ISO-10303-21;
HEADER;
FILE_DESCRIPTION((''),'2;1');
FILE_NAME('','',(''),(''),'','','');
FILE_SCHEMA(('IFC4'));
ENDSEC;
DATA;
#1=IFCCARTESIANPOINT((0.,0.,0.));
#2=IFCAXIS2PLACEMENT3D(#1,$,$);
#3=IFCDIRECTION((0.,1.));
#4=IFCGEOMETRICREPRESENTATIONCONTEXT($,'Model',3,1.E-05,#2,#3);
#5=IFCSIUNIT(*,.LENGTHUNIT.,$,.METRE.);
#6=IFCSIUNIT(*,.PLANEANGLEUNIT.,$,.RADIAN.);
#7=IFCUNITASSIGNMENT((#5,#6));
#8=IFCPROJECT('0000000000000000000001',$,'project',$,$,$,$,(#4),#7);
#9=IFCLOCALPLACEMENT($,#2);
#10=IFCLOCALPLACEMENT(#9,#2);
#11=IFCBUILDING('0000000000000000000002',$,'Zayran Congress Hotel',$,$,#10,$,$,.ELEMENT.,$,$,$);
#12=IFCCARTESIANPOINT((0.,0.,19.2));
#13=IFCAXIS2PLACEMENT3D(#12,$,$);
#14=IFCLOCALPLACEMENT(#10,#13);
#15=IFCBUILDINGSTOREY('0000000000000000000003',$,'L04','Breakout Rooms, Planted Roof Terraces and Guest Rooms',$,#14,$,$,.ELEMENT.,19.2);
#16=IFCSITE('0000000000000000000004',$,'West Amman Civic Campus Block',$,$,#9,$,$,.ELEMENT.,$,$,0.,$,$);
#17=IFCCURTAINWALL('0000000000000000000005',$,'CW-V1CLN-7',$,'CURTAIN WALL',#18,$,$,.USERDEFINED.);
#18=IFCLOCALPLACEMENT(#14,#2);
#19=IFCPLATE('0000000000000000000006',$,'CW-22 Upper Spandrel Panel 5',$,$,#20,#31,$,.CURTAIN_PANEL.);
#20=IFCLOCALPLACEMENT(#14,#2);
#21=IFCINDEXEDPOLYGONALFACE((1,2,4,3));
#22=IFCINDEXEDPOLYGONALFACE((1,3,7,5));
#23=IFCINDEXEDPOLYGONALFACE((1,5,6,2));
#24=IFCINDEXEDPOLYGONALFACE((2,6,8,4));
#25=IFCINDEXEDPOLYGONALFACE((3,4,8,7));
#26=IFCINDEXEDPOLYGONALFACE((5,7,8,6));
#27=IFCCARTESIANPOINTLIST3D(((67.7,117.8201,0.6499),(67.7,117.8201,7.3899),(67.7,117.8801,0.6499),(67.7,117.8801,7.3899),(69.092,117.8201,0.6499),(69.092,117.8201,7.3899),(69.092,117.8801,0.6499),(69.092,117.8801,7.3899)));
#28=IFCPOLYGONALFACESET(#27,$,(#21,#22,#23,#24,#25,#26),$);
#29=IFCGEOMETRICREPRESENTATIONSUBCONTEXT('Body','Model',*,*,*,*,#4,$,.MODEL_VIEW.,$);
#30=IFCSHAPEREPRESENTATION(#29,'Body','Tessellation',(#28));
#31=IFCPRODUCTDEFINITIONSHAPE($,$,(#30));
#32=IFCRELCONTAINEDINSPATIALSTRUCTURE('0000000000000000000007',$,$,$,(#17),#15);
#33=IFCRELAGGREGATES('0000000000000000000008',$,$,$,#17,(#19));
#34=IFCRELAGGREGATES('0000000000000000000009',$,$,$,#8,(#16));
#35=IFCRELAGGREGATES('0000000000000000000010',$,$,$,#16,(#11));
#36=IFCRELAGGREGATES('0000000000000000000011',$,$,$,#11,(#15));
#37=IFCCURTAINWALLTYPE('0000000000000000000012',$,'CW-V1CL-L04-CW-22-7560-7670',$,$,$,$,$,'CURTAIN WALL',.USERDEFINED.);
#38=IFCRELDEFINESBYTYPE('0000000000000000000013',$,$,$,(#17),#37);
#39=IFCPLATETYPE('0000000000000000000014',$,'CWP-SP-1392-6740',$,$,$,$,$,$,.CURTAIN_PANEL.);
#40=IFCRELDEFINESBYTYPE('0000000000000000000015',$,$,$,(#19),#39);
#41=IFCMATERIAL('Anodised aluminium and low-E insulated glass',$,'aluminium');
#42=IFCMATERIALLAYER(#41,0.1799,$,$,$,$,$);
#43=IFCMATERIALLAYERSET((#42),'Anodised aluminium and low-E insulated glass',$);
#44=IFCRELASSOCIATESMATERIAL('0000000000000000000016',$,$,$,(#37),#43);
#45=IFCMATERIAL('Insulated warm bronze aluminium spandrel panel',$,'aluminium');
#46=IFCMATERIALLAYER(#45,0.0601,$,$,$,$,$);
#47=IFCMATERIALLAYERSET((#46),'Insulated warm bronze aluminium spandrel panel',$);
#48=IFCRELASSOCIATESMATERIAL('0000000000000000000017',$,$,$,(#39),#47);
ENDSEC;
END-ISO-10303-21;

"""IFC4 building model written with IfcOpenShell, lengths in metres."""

from ifc_helpers import new_model, si_unit, direction, frame, origin, origin_2d, place, context, subcontext, project, spatial, rectangle, extrude, material, layer, layer_set, type_object, element, aggregate, save


model = new_model("IFC4")

# Units and contexts
model_context = context("Model", 3, precision=1e-05, world=origin(), true_north=direction((0.0, 1.0)))
body_context = subcontext(model_context, "Body", "Model", "MODEL_VIEW")
ifc_project = project(units=[si_unit("LENGTHUNIT", "METRE"), si_unit("PLANEANGLEUNIT", "RADIAN")], contexts=[model_context])

# Site, building, storey
site_placement = place(None, origin())
site = spatial("IfcSite", under=ifc_project, at=site_placement, Name="West Amman Civic Campus Block", CompositionType="ELEMENT", RefElevation=0.0)
building_placement = place(site_placement, origin())
building = spatial("IfcBuilding", under=site, at=building_placement, Name="Zayran Congress Hotel", CompositionType="ELEMENT")
storey_placement = place(building_placement, frame((0.0, 0.0, 19.2)))
storey = spatial("IfcBuildingStorey", under=building, at=storey_placement, Name="L04", Description="Breakout Rooms, Planted Roof Terraces and Guest Rooms", CompositionType="ELEMENT", Elevation=19.2)

# Curtain wall
ifc_material_1 = material(Name="Anodised aluminium and low-E insulated glass", Category="aluminium")
ifc_layer_1 = layer(ifc_material_1, 0.1799)
ifc_layer_set_1 = layer_set([ifc_layer_1], Name="Anodised aluminium and low-E insulated glass")
curtain_wall_type = type_object("IfcCurtainWallType", Name="CW-V1CL-L04-CW-22-7560-7670", ElementType="CURTAIN WALL", PredefinedType="USERDEFINED", material=ifc_layer_set_1)
curtain_wall_placement = place(storey_placement, origin())
curtain_wall = element("IfcCurtainWall", 1, at=curtain_wall_placement, inside=storey, type_object=curtain_wall_type, Name="CW-V1CLN-7", ObjectType="CURTAIN WALL", PredefinedType="USERDEFINED")

# Plate
ifc_material_2 = material(Name="Insulated warm bronze aluminium spandrel panel", Category="aluminium")
ifc_layer_2 = layer(ifc_material_2, 0.0601)
ifc_layer_set_2 = layer_set([ifc_layer_2], Name="Insulated warm bronze aluminium spandrel panel")
plate_type_1 = type_object("IfcPlateType", Name="CWP-SP-1392-6740", PredefinedType="CURTAIN_PANEL", material=ifc_layer_set_2)
plate_1_placement = place(storey_placement, frame((68.396, 117.8501, 0.6499), z_axis=(0.0, 0.0, 1.0), x_axis=(1.0, 0.0, 0.0)))
plate_1 = element("IfcPlate", 2, at=plate_1_placement, type_object=plate_type_1, Name="CW-22 Upper Spandrel Panel 5", PredefinedType="CURTAIN_PANEL", context=body_context, shape_type="SweptSolid", body=[
    extrude(rectangle(XDim=1.3921, YDim=0.0601, at=origin_2d()), origin(), (0.0, 0.0, 1.0), 6.74),
])
aggregate(curtain_wall, [plate_1])

save(model, "model.ifc")
